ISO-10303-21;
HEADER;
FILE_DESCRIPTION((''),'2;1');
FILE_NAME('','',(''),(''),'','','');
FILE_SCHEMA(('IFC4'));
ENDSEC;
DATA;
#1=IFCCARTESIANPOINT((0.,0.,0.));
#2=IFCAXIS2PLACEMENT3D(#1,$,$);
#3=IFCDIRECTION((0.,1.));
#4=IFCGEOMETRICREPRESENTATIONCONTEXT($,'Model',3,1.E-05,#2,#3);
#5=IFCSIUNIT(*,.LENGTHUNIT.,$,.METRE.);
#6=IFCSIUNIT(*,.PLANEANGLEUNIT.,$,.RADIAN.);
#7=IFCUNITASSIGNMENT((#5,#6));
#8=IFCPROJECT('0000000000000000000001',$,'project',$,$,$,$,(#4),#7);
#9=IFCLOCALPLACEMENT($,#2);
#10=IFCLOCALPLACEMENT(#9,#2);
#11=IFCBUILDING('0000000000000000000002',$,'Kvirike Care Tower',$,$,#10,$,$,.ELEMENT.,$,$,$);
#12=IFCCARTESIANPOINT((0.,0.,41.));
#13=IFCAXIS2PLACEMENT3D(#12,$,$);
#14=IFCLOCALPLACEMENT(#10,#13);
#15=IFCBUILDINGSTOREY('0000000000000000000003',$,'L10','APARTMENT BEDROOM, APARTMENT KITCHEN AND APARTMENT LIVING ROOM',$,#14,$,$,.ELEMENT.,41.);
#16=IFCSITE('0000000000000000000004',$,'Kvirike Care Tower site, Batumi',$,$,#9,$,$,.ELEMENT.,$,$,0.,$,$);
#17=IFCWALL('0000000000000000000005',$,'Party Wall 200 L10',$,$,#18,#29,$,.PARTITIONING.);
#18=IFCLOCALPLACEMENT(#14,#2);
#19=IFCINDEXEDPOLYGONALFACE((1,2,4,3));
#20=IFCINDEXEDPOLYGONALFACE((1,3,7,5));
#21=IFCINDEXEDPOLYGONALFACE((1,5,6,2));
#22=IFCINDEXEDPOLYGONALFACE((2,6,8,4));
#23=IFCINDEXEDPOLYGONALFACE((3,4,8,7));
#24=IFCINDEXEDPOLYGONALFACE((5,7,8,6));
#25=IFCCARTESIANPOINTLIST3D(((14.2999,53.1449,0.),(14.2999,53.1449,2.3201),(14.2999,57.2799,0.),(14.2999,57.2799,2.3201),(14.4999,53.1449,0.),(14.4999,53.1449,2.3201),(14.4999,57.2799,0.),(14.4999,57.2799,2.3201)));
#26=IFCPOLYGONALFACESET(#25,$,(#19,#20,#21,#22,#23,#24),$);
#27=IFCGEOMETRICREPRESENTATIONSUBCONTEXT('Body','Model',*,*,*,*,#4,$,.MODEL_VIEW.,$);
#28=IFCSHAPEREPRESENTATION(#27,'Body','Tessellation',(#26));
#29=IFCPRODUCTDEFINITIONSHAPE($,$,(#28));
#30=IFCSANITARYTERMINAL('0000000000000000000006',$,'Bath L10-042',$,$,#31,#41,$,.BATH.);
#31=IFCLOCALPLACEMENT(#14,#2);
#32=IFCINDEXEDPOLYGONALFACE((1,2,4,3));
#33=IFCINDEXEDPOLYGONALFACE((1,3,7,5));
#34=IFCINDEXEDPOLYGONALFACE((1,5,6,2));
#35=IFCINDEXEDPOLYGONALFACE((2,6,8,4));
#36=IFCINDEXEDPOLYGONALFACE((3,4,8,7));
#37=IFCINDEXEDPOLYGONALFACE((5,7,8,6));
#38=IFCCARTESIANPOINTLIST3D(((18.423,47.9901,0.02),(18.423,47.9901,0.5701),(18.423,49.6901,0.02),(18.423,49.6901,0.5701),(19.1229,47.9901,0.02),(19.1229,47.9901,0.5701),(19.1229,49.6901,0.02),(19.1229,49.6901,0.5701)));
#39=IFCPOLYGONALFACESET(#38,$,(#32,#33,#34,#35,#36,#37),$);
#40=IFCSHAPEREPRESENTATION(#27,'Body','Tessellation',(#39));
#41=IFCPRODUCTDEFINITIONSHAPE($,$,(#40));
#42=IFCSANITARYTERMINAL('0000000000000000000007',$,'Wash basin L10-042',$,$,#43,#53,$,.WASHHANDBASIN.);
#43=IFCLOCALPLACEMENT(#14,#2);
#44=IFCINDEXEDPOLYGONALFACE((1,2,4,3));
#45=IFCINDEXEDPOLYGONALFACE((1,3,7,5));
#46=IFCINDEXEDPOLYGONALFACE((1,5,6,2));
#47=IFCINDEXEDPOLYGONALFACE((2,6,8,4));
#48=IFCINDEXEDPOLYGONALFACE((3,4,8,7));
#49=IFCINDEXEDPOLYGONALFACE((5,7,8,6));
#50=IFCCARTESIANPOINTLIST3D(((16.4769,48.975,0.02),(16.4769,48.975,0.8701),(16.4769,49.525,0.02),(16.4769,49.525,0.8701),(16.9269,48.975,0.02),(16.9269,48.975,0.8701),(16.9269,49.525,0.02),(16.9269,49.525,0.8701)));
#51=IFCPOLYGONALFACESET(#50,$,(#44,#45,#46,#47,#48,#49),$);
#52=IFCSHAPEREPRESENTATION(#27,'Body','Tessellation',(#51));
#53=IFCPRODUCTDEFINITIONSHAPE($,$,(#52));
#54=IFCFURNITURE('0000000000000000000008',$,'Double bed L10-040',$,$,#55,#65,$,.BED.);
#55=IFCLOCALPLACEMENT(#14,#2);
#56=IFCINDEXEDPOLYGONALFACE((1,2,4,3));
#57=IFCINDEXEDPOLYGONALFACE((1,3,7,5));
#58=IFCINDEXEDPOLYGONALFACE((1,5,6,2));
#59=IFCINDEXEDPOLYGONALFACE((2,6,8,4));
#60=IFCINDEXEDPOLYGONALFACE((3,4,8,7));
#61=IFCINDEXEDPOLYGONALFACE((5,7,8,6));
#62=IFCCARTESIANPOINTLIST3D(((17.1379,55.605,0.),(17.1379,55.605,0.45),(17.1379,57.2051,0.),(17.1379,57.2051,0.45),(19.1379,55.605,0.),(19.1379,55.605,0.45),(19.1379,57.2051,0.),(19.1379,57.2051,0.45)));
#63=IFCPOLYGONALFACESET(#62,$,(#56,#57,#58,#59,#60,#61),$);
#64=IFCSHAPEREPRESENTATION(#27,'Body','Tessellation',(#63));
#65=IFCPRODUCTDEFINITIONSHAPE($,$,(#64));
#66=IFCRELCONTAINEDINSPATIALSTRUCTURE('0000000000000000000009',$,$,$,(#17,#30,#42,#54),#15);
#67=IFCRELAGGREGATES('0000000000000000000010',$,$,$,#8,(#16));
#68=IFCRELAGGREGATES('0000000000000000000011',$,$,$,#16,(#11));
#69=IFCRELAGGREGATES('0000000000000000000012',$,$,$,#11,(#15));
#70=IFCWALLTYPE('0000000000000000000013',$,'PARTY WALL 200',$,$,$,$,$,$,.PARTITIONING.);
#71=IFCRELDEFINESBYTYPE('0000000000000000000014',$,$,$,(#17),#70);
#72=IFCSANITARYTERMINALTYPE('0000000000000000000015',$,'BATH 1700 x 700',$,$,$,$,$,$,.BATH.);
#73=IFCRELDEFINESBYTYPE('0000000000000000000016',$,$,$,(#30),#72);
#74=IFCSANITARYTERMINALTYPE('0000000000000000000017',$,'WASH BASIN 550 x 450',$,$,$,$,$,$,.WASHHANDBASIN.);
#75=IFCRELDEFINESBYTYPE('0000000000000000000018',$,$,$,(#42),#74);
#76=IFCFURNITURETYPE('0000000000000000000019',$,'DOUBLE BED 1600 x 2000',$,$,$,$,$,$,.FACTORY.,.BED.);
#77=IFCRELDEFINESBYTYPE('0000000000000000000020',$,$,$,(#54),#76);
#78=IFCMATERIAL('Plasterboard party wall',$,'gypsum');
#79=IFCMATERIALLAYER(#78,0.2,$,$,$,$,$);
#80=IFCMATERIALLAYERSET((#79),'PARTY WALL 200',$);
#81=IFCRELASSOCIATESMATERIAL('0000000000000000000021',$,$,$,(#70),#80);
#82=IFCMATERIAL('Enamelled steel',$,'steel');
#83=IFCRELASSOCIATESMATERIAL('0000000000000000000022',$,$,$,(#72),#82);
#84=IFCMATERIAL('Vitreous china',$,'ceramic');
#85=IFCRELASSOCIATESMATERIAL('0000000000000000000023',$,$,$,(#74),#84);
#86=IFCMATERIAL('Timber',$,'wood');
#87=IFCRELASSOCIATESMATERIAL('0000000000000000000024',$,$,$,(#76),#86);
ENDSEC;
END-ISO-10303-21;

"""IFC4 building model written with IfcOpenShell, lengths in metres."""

from ifc_helpers import new_model, si_unit, direction, frame, frame_2d, origin, origin_2d, place, context, subcontext, project, spatial, rectangle, extrude, material, layer, layer_set, type_object, element, save


model = new_model("IFC4")

# Units and contexts
model_context = context("Model", 3, precision=1e-05, world=origin(), true_north=direction((0.0, 1.0)))
body_context = subcontext(model_context, "Body", "Model", "MODEL_VIEW")
ifc_project = project(units=[si_unit("LENGTHUNIT", "METRE"), si_unit("PLANEANGLEUNIT", "RADIAN")], contexts=[model_context])

# Site, building, storey
site_placement = place(None, origin())
site = spatial("IfcSite", under=ifc_project, at=site_placement, Name="Kvirike Care Tower site, Batumi", CompositionType="ELEMENT", RefElevation=0.0)
building_placement = place(site_placement, origin())
building = spatial("IfcBuilding", under=site, at=building_placement, Name="Kvirike Care Tower", CompositionType="ELEMENT")
storey_placement = place(building_placement, frame((0.0, 0.0, 41.0)))
storey = spatial("IfcBuildingStorey", under=building, at=storey_placement, Name="L10", Description="APARTMENT BEDROOM, APARTMENT KITCHEN AND APARTMENT LIVING ROOM", CompositionType="ELEMENT", Elevation=41.0)

# Wall
ifc_material_1 = material(Name="Plasterboard party wall", Category="gypsum")
ifc_layer_1 = layer(ifc_material_1, 0.2)
ifc_layer_set_1 = layer_set([ifc_layer_1], Name="PARTY WALL 200")
wall_type_1 = type_object("IfcWallType", Name="PARTY WALL 200", PredefinedType="PARTITIONING", material=ifc_layer_set_1)
wall_1_placement = place(storey_placement, frame((14.3999, 53.145, 0.0), z_axis=(0.0, 0.0, 1.0), x_axis=(0.0, 1.0, 0.0)))
element("IfcWall", 1, at=wall_1_placement, inside=storey, type_object=wall_type_1, Name="Party Wall 200 L10", PredefinedType="PARTITIONING", context=body_context, shape_type="SweptSolid", body=[
    extrude(rectangle(XDim=4.135, YDim=0.2, at=frame_2d((2.0674, 0.0))), origin(), (0.0, 0.0, 1.0), 2.3201),
])

# Sanitary terminals
ifc_material_2 = material(Name="Enamelled steel", Category="steel")
sanitary_terminal_type_1 = type_object("IfcSanitaryTerminalType", Name="BATH 1700 x 700", PredefinedType="BATH", material=ifc_material_2)
sanitary_terminal_1_placement = place(storey_placement, frame((18.7729, 48.8401, 0.02), z_axis=(0.0, 0.0, 1.0), x_axis=(0.0, -1.0, 0.0)))
element("IfcSanitaryTerminal", 2, at=sanitary_terminal_1_placement, inside=storey, type_object=sanitary_terminal_type_1, Name="Bath L10-042", PredefinedType="BATH", context=body_context, shape_type="SweptSolid", body=[
    extrude(rectangle(XDim=1.7, YDim=0.7, at=origin_2d()), origin(), (0.0, 0.0, 1.0), 0.55),
])
ifc_material_3 = material(Name="Vitreous china", Category="ceramic")
sanitary_terminal_type_2 = type_object("IfcSanitaryTerminalType", Name="WASH BASIN 550 x 450", PredefinedType="WASHHANDBASIN", material=ifc_material_3)
sanitary_terminal_2_placement = place(storey_placement, frame((16.7019, 49.25, 0.02), z_axis=(0.0, 0.0, 1.0), x_axis=(0.0, 1.0, 0.0)))
element("IfcSanitaryTerminal", 3, at=sanitary_terminal_2_placement, inside=storey, type_object=sanitary_terminal_type_2, Name="Wash basin L10-042", PredefinedType="WASHHANDBASIN", context=body_context, shape_type="SweptSolid", body=[
    extrude(rectangle(XDim=0.55, YDim=0.45, at=origin_2d()), origin(), (0.0, 0.0, 1.0), 0.8501),
])

# Furniture
ifc_material_4 = material(Name="Timber", Category="wood")
furniture_type = type_object("IfcFurnitureType", Name="DOUBLE BED 1600 x 2000", AssemblyPlace="FACTORY", PredefinedType="BED", material=ifc_material_4)
furniture_placement = place(storey_placement, frame((18.1379, 56.405, 0.0), z_axis=(0.0, 0.0, 1.0), x_axis=(0.0, -1.0, 0.0)))
element("IfcFurniture", 4, at=furniture_placement, inside=storey, type_object=furniture_type, Name="Double bed L10-040", PredefinedType="BED", context=body_context, shape_type="SweptSolid", body=[
    extrude(rectangle(XDim=1.6001, YDim=2.0, at=origin_2d()), origin(), (0.0, 0.0, 1.0), 0.45),
])

save(model, "model.ifc")
